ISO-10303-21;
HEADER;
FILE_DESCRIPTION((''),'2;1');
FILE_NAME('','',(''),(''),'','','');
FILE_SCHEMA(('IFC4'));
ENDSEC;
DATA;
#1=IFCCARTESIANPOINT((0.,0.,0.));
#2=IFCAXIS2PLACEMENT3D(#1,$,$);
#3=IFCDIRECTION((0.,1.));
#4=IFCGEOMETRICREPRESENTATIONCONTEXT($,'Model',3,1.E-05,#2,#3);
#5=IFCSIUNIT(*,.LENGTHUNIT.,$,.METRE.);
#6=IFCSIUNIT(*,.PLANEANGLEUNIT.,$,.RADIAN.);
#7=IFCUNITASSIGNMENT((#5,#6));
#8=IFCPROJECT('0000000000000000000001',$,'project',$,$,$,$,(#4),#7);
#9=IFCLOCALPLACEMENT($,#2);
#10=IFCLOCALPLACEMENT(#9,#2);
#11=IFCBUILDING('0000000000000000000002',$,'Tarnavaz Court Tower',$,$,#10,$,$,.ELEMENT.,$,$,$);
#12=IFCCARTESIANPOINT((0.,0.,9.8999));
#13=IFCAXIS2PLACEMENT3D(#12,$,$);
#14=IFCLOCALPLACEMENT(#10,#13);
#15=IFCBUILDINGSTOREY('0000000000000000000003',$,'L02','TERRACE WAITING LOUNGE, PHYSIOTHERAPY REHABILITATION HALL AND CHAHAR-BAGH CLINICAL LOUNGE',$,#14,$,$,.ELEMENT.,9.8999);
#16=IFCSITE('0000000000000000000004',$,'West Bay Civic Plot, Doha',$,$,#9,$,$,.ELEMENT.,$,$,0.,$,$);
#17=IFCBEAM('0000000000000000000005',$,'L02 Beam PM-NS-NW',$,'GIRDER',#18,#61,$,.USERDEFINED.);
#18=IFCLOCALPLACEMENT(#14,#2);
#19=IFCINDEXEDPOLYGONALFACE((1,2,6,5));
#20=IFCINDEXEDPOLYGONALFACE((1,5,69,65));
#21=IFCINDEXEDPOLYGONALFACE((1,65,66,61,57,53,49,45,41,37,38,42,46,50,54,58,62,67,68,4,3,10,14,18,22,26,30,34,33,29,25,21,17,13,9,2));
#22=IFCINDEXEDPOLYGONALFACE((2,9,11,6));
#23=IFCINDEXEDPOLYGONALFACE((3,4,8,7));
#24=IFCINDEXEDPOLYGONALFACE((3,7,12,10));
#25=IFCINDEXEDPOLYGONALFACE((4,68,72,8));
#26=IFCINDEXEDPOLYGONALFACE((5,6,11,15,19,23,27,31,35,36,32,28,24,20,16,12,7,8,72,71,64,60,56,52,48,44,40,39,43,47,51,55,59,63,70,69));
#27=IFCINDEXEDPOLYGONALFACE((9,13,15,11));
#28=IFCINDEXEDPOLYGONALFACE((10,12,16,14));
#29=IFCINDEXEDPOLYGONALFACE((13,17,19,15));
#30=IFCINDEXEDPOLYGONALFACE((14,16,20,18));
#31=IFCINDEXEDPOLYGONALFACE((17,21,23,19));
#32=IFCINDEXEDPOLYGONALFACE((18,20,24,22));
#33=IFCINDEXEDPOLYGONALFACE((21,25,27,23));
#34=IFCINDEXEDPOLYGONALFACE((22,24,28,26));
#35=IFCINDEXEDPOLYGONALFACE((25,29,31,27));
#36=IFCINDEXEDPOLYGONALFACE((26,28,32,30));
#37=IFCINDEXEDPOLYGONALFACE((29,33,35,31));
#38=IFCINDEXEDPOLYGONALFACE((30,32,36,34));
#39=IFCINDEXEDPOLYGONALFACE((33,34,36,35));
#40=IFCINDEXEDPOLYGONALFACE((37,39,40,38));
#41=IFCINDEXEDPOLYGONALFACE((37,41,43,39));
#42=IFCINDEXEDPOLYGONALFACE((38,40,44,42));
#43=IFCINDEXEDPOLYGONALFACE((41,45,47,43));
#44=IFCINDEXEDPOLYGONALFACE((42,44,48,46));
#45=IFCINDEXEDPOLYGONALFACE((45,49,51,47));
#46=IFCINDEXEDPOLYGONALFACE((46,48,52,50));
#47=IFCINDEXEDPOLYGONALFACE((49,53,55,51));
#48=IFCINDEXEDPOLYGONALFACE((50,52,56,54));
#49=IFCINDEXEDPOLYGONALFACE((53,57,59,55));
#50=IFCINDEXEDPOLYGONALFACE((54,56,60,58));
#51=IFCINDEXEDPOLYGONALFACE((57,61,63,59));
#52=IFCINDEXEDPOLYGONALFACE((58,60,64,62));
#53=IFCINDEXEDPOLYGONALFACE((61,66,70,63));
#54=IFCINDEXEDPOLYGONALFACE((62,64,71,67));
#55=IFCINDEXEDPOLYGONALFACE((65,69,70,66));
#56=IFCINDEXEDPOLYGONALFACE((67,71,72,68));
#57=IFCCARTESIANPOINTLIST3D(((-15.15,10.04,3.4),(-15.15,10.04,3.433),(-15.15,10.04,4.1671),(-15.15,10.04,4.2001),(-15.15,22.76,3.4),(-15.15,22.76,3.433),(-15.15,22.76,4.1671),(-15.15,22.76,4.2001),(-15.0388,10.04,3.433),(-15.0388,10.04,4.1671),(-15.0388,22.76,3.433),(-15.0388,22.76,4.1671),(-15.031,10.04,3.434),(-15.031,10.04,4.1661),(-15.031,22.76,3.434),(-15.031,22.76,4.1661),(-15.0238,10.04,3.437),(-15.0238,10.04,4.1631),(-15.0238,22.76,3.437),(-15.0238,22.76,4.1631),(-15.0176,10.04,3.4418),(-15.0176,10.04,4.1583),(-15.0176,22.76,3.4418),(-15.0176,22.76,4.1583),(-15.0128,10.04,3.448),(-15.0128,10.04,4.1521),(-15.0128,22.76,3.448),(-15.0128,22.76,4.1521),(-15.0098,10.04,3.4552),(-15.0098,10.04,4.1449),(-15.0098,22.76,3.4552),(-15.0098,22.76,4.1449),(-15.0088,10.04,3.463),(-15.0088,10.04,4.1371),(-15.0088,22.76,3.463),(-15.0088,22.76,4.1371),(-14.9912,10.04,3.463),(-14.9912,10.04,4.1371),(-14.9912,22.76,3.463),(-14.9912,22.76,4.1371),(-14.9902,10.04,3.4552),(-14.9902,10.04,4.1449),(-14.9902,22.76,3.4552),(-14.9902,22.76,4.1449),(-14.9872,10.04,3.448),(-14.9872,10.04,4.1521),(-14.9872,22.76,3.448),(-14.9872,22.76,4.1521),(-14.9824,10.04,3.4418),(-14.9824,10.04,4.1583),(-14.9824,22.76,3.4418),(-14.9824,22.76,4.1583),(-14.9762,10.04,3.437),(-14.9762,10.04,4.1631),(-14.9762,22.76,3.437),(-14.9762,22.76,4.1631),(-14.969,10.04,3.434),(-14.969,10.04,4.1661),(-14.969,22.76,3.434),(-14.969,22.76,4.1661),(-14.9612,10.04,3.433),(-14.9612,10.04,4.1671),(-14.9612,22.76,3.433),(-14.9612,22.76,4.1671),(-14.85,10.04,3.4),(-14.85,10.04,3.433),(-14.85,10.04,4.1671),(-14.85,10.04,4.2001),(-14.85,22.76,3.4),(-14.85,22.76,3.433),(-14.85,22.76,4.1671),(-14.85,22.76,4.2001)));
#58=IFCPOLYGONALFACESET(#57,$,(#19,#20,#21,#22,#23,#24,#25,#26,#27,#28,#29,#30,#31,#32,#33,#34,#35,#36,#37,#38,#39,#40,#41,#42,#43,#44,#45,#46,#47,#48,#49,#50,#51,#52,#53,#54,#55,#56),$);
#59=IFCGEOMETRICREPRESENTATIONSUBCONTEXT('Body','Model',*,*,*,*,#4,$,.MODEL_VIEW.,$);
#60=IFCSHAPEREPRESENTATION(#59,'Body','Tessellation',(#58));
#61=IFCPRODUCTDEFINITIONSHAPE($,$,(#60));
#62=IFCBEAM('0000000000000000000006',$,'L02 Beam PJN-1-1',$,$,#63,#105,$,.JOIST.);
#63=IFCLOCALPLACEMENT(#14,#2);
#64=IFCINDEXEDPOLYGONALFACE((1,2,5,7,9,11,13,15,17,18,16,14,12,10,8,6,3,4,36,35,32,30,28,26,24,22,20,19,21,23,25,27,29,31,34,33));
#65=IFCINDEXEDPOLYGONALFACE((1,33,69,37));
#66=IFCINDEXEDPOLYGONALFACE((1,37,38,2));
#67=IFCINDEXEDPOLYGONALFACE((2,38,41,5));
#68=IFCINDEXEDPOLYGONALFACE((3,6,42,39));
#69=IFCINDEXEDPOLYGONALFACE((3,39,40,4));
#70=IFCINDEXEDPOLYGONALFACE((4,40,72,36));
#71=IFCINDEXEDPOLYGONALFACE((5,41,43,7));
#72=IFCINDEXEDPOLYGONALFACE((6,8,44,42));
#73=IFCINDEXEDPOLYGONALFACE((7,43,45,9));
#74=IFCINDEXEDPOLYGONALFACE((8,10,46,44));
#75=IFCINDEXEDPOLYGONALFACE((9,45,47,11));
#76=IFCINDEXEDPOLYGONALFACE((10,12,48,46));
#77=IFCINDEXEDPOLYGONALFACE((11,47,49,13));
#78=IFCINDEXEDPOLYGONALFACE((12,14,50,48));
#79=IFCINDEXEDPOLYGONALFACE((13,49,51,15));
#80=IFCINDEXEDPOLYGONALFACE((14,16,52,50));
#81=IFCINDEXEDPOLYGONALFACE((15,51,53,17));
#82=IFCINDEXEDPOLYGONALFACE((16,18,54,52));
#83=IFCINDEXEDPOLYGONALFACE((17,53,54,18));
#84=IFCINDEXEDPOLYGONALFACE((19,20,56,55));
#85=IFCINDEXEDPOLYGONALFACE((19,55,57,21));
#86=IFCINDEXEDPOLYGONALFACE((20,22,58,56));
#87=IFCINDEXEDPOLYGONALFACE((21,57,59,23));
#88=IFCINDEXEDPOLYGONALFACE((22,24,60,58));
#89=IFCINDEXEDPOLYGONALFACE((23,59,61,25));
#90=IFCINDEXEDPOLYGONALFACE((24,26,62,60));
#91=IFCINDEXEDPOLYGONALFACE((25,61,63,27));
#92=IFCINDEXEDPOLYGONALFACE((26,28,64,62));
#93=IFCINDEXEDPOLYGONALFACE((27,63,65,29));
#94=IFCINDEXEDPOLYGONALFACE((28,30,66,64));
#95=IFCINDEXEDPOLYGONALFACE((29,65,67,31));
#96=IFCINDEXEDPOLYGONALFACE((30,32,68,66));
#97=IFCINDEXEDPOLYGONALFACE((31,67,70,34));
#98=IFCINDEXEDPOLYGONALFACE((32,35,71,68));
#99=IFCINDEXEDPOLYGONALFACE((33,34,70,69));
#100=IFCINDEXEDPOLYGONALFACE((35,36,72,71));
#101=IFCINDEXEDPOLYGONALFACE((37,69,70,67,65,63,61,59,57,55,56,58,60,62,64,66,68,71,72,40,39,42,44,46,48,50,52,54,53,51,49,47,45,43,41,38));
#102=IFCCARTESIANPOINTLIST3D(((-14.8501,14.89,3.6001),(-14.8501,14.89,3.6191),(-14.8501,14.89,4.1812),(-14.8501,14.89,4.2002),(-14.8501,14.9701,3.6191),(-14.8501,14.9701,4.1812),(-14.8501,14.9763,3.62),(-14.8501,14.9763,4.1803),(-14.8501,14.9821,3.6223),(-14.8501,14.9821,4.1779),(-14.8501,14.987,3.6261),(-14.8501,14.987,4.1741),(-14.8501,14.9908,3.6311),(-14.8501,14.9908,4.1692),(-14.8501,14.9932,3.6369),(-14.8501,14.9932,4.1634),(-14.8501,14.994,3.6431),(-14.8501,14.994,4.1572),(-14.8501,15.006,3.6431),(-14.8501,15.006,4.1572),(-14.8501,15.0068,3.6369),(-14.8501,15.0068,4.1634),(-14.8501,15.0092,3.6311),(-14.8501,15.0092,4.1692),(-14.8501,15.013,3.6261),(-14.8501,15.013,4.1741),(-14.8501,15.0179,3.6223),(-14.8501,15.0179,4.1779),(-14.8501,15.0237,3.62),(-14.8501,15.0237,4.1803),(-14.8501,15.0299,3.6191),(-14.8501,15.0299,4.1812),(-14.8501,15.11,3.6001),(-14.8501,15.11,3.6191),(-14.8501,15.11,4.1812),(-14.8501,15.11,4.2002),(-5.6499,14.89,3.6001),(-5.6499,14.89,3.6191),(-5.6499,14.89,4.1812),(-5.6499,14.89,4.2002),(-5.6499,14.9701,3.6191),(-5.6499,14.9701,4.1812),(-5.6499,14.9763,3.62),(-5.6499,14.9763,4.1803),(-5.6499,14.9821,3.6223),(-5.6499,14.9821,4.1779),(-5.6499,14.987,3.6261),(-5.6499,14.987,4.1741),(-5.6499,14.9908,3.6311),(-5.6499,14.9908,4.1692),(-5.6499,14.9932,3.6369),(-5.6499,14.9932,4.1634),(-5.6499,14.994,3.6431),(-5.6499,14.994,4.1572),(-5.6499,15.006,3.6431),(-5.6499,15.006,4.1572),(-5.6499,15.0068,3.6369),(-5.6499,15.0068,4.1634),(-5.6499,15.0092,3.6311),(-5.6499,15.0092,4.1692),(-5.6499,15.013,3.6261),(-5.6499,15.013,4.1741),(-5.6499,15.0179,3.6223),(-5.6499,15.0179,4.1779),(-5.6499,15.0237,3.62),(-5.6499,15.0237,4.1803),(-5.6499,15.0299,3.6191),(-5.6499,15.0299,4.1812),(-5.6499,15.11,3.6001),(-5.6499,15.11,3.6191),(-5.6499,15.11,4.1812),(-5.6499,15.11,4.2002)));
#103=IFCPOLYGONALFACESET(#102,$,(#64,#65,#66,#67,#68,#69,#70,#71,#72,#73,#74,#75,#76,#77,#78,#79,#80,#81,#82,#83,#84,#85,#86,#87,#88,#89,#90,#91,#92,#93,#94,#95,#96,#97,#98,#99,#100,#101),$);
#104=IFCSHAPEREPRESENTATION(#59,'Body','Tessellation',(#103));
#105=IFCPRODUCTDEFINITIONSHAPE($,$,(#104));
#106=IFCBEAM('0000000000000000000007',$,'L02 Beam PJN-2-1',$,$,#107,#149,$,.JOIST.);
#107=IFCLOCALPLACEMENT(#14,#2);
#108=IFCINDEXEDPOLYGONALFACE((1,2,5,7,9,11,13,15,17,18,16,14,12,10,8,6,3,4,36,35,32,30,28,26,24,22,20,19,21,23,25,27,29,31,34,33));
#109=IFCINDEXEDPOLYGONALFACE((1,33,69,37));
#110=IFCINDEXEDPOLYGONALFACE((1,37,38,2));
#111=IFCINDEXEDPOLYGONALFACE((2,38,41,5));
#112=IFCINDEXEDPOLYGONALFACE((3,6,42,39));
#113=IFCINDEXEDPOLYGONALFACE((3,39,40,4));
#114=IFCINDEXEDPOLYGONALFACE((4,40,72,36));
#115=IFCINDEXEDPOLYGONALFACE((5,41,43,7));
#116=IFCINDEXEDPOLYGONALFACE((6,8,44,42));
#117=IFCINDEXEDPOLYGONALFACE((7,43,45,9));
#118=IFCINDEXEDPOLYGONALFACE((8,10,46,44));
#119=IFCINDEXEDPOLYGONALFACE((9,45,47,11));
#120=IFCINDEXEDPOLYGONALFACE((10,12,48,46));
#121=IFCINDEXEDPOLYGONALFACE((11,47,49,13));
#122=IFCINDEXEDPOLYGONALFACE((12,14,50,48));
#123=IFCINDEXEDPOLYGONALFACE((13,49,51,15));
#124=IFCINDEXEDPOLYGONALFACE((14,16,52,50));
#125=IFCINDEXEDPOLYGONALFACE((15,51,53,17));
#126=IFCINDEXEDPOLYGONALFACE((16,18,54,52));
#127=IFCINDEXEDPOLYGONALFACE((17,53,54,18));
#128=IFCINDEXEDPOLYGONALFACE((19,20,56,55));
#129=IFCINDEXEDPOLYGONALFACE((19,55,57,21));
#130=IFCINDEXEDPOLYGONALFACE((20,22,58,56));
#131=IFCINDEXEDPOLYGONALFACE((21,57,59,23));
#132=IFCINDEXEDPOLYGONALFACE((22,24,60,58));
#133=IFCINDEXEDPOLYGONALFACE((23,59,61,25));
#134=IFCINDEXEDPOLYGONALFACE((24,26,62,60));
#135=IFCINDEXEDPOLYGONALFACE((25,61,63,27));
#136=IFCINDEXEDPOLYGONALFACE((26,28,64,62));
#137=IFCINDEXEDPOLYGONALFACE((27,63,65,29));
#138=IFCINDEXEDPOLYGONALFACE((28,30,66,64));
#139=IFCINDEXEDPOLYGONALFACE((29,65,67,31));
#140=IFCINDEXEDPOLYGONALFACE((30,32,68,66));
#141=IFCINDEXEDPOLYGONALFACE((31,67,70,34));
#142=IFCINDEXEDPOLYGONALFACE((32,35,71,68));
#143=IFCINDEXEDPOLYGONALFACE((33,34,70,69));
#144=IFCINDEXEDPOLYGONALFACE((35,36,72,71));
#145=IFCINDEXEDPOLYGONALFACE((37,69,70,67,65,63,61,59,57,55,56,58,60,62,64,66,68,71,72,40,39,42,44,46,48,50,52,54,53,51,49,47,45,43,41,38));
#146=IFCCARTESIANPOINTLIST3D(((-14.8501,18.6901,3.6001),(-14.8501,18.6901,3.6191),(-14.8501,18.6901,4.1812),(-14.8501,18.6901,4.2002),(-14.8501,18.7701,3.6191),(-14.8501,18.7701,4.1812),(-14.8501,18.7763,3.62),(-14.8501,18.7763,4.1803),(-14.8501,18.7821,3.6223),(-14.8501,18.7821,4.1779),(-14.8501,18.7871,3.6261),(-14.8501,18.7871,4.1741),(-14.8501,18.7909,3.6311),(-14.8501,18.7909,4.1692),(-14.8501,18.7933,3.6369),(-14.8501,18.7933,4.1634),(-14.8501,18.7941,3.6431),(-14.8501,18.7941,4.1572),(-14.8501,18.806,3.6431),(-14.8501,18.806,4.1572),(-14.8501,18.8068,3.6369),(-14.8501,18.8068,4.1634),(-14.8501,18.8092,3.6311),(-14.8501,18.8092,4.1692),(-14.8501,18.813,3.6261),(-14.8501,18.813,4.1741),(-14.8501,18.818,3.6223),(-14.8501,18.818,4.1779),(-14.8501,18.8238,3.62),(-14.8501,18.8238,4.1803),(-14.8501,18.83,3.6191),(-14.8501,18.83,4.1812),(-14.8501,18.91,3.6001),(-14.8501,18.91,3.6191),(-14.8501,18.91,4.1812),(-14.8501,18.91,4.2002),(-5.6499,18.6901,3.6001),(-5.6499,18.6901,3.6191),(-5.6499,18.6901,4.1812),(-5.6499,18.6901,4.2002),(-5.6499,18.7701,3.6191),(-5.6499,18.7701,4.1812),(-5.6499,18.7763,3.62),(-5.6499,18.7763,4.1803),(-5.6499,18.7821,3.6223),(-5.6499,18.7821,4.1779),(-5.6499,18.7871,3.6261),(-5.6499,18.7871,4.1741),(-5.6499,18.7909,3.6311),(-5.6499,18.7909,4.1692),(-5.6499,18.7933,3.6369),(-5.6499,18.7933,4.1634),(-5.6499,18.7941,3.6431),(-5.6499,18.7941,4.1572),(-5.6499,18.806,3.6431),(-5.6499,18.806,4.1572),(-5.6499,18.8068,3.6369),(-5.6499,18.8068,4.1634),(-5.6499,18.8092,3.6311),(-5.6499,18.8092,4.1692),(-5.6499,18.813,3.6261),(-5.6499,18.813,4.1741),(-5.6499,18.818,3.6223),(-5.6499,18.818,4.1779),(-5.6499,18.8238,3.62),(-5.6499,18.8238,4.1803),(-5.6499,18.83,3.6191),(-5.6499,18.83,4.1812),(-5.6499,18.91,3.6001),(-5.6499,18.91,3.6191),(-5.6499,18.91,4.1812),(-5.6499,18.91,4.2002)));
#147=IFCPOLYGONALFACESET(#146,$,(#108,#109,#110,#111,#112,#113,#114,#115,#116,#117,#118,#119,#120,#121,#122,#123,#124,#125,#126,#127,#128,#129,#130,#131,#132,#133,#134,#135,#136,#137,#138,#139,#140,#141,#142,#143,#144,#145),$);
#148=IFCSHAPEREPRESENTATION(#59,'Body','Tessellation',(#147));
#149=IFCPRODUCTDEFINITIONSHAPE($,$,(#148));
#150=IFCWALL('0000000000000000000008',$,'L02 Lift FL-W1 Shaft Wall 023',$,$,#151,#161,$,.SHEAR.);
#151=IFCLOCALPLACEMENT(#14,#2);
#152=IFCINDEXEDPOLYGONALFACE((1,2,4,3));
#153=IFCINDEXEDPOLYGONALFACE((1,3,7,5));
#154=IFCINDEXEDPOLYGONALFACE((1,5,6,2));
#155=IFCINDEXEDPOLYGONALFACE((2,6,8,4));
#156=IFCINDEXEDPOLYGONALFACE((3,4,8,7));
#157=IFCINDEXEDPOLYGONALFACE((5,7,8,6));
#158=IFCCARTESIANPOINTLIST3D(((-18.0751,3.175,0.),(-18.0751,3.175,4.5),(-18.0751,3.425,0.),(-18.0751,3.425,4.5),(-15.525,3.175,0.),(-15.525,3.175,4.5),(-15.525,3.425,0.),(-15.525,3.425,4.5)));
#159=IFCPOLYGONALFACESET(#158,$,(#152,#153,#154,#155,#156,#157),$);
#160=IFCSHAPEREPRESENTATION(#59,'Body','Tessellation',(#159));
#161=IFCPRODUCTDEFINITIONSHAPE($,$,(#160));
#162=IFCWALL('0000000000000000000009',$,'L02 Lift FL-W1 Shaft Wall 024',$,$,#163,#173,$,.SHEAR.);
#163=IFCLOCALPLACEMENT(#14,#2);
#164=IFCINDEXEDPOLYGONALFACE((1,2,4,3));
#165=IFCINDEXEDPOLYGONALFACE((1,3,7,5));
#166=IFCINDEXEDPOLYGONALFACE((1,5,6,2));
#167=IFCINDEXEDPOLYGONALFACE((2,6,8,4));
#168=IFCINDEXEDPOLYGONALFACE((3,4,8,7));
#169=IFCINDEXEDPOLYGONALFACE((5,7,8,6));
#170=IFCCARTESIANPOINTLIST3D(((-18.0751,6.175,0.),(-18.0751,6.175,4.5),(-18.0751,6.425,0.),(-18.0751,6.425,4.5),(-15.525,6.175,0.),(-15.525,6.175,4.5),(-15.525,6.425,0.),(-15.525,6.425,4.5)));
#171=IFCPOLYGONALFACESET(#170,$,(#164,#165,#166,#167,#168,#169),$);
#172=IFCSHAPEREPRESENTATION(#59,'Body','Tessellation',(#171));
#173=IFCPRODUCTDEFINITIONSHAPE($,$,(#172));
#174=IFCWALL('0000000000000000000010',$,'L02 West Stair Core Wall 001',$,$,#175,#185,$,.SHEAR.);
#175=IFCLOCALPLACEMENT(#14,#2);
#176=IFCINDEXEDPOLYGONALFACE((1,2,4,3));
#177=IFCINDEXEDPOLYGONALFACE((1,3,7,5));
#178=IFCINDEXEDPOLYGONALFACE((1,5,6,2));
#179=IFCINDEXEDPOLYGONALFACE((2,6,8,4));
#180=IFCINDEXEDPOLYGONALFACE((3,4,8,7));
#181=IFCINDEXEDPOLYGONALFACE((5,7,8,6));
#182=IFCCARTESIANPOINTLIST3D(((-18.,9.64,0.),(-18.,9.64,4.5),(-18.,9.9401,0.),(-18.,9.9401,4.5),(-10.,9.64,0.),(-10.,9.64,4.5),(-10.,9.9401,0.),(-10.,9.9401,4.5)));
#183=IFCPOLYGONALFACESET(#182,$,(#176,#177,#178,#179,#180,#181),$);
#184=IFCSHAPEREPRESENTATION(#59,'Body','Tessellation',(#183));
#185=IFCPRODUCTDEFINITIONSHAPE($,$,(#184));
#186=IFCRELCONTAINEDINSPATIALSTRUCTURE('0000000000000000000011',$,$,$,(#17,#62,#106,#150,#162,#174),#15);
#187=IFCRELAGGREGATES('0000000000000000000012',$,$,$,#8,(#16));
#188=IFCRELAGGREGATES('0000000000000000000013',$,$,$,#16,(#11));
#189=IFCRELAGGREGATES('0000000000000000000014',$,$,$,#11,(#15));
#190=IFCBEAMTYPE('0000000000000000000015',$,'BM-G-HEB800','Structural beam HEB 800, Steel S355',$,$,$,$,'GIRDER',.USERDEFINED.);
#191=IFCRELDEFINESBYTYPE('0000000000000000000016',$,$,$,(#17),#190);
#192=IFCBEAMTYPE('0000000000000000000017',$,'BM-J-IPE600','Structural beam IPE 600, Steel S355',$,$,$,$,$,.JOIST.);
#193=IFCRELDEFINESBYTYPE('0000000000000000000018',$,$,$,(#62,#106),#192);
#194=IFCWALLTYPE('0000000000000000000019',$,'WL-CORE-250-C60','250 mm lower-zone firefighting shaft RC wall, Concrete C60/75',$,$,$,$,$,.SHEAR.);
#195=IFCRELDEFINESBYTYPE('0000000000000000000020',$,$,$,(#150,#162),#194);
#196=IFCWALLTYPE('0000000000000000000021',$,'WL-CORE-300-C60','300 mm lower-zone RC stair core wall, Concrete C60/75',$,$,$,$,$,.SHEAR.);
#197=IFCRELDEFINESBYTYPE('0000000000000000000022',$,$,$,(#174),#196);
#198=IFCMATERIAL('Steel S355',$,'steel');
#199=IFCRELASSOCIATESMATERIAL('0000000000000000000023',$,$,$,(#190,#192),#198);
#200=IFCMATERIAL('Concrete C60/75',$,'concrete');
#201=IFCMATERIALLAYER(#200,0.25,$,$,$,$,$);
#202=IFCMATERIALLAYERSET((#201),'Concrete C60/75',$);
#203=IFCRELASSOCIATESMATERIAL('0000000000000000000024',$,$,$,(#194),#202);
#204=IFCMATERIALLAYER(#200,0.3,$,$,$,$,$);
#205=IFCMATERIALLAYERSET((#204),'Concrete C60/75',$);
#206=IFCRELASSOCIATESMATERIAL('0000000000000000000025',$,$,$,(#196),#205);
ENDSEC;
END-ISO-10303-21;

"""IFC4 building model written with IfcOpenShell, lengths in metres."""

from ifc_helpers import new_model, si_unit, direction, frame, frame_2d, origin, origin_2d, place, context, subcontext, project, spatial, rectangle, i_section, extrude, material, layer, layer_set, material_profile, profile_set, type_object, element, save


model = new_model("IFC4")

# Units and contexts
model_context = context("Model", 3, precision=1e-05, world=origin(), true_north=direction((0.0, 1.0)))
body_context = subcontext(model_context, "Body", "Model", "MODEL_VIEW")
ifc_project = project(units=[si_unit("LENGTHUNIT", "METRE"), si_unit("PLANEANGLEUNIT", "RADIAN")], contexts=[model_context])

# Site, building, storey
site_placement = place(None, origin())
site = spatial("IfcSite", under=ifc_project, at=site_placement, Name="West Bay Civic Plot, Doha", CompositionType="ELEMENT", RefElevation=0.0)
building_placement = place(site_placement, origin())
building = spatial("IfcBuilding", under=site, at=building_placement, Name="Tarnavaz Court Tower", CompositionType="ELEMENT")
storey_placement = place(building_placement, frame((0.0, 0.0, 9.8999)))
storey = spatial("IfcBuildingStorey", under=building, at=storey_placement, Name="L02", Description="TERRACE WAITING LOUNGE, PHYSIOTHERAPY REHABILITATION HALL AND CHAHAR-BAGH CLINICAL LOUNGE", CompositionType="ELEMENT", Elevation=9.8999)

# Shared definitions
ifc_material_1 = material(Name="Concrete C60/75", Category="concrete")

# Beams
ifc_material_2 = material(Name="Steel S355", Category="steel")
ifc_material_profile_1 = material_profile(ifc_material_2, i_section(OverallWidth=0.3, OverallDepth=0.8, WebThickness=0.0176, FlangeThickness=0.033, FilletRadius=0.03, at=origin_2d()), Name="HEB 800")
ifc_profile_set_1 = profile_set([ifc_material_profile_1], Name="Steel S355")
beam_type_1 = type_object("IfcBeamType", Name="BM-G-HEB800", Description="Structural beam HEB 800, Steel S355", ElementType="GIRDER", PredefinedType="USERDEFINED", material=ifc_profile_set_1)
beam_1_placement = place(storey_placement, frame((-15.0, 10.04, 3.8), z_axis=(0.0, 1.0, 0.0), x_axis=(-1.0, 0.0, 0.0)))
element("IfcBeam", 1, at=beam_1_placement, inside=storey, type_object=beam_type_1, Name="L02 Beam PM-NS-NW", ObjectType="GIRDER", PredefinedType="USERDEFINED", context=body_context, shape_type="SweptSolid", body=[
    extrude(i_section(OverallWidth=0.3, OverallDepth=0.8, WebThickness=0.0176, FlangeThickness=0.033, FilletRadius=0.03, at=origin_2d()), origin(), (0.0, 0.0, 1.0), 12.72),
])
ifc_material_profile_2 = material_profile(ifc_material_2, i_section(OverallWidth=0.22, OverallDepth=0.6001, WebThickness=0.012, FlangeThickness=0.019, FilletRadius=0.0239, at=origin_2d()), Name="IPE 600")
ifc_profile_set_2 = profile_set([ifc_material_profile_2], Name="Steel S355")
beam_type_2 = type_object("IfcBeamType", Name="BM-J-IPE600", Description="Structural beam IPE 600, Steel S355", PredefinedType="JOIST", material=ifc_profile_set_2)
for number, where, z_axis, x_axis, name in (
    (2, (-14.8501, 15.0, 3.9001), (1.0, 0.0, 0.0), (0.0, 1.0, 0.0), "L02 Beam PJN-1-1"),
    (3, (-14.8501, 18.8, 3.9001), (1.0, 0.0, 0.0), (0.0, 1.0, 0.0), "L02 Beam PJN-2-1"),
):
    element("IfcBeam", number, at=place(storey_placement, frame(where, z_axis=z_axis, x_axis=x_axis)), inside=storey, type_object=beam_type_2, Name=name, PredefinedType="JOIST", context=body_context, shape_type="SweptSolid", body=[
        extrude(i_section(OverallWidth=0.22, OverallDepth=0.6001, WebThickness=0.012, FlangeThickness=0.019, FilletRadius=0.0239, at=origin_2d()), origin(), (0.0, 0.0, 1.0), 9.2002),
    ])

# Walls
ifc_layer_1 = layer(ifc_material_1, 0.25)
ifc_layer_set_1 = layer_set([ifc_layer_1], Name="Concrete C60/75")
wall_type_1 = type_object("IfcWallType", Name="WL-CORE-250-C60", Description="250 mm lower-zone firefighting shaft RC wall, Concrete C60/75", PredefinedType="SHEAR", material=ifc_layer_set_1)
for number, where, z_axis, x_axis, name in (
    (4, (-18.075, 3.3, 0.0), (0.0, 0.0, 1.0), (1.0, 0.0, 0.0), "L02 Lift FL-W1 Shaft Wall 023"),
    (5, (-18.075, 6.3, 0.0), (0.0, 0.0, 1.0), (1.0, 0.0, 0.0), "L02 Lift FL-W1 Shaft Wall 024"),
):
    element("IfcWall", number, at=place(storey_placement, frame(where, z_axis=z_axis, x_axis=x_axis)), inside=storey, type_object=wall_type_1, Name=name, PredefinedType="SHEAR", context=body_context, shape_type="SweptSolid", body=[
        extrude(rectangle(XDim=2.55, YDim=0.25, at=frame_2d((1.2749, 0.0))), origin(), (0.0, 0.0, 1.0), 4.5),
    ])
ifc_layer_2 = layer(ifc_material_1, 0.3)
ifc_layer_set_2 = layer_set([ifc_layer_2], Name="Concrete C60/75")
wall_type_2 = type_object("IfcWallType", Name="WL-CORE-300-C60", Description="300 mm lower-zone RC stair core wall, Concrete C60/75", PredefinedType="SHEAR", material=ifc_layer_set_2)
wall_1_placement = place(storey_placement, frame((-18.0, 9.79, 0.0), z_axis=(0.0, 0.0, 1.0), x_axis=(1.0, 0.0, 0.0)))
element("IfcWall", 6, at=wall_1_placement, inside=storey, type_object=wall_type_2, Name="L02 West Stair Core Wall 001", PredefinedType="SHEAR", context=body_context, shape_type="SweptSolid", body=[
    extrude(rectangle(XDim=8.0, YDim=0.3, at=frame_2d((4.0, 0.0))), origin(), (0.0, 0.0, 1.0), 4.5),
])

save(model, "model.ifc")
